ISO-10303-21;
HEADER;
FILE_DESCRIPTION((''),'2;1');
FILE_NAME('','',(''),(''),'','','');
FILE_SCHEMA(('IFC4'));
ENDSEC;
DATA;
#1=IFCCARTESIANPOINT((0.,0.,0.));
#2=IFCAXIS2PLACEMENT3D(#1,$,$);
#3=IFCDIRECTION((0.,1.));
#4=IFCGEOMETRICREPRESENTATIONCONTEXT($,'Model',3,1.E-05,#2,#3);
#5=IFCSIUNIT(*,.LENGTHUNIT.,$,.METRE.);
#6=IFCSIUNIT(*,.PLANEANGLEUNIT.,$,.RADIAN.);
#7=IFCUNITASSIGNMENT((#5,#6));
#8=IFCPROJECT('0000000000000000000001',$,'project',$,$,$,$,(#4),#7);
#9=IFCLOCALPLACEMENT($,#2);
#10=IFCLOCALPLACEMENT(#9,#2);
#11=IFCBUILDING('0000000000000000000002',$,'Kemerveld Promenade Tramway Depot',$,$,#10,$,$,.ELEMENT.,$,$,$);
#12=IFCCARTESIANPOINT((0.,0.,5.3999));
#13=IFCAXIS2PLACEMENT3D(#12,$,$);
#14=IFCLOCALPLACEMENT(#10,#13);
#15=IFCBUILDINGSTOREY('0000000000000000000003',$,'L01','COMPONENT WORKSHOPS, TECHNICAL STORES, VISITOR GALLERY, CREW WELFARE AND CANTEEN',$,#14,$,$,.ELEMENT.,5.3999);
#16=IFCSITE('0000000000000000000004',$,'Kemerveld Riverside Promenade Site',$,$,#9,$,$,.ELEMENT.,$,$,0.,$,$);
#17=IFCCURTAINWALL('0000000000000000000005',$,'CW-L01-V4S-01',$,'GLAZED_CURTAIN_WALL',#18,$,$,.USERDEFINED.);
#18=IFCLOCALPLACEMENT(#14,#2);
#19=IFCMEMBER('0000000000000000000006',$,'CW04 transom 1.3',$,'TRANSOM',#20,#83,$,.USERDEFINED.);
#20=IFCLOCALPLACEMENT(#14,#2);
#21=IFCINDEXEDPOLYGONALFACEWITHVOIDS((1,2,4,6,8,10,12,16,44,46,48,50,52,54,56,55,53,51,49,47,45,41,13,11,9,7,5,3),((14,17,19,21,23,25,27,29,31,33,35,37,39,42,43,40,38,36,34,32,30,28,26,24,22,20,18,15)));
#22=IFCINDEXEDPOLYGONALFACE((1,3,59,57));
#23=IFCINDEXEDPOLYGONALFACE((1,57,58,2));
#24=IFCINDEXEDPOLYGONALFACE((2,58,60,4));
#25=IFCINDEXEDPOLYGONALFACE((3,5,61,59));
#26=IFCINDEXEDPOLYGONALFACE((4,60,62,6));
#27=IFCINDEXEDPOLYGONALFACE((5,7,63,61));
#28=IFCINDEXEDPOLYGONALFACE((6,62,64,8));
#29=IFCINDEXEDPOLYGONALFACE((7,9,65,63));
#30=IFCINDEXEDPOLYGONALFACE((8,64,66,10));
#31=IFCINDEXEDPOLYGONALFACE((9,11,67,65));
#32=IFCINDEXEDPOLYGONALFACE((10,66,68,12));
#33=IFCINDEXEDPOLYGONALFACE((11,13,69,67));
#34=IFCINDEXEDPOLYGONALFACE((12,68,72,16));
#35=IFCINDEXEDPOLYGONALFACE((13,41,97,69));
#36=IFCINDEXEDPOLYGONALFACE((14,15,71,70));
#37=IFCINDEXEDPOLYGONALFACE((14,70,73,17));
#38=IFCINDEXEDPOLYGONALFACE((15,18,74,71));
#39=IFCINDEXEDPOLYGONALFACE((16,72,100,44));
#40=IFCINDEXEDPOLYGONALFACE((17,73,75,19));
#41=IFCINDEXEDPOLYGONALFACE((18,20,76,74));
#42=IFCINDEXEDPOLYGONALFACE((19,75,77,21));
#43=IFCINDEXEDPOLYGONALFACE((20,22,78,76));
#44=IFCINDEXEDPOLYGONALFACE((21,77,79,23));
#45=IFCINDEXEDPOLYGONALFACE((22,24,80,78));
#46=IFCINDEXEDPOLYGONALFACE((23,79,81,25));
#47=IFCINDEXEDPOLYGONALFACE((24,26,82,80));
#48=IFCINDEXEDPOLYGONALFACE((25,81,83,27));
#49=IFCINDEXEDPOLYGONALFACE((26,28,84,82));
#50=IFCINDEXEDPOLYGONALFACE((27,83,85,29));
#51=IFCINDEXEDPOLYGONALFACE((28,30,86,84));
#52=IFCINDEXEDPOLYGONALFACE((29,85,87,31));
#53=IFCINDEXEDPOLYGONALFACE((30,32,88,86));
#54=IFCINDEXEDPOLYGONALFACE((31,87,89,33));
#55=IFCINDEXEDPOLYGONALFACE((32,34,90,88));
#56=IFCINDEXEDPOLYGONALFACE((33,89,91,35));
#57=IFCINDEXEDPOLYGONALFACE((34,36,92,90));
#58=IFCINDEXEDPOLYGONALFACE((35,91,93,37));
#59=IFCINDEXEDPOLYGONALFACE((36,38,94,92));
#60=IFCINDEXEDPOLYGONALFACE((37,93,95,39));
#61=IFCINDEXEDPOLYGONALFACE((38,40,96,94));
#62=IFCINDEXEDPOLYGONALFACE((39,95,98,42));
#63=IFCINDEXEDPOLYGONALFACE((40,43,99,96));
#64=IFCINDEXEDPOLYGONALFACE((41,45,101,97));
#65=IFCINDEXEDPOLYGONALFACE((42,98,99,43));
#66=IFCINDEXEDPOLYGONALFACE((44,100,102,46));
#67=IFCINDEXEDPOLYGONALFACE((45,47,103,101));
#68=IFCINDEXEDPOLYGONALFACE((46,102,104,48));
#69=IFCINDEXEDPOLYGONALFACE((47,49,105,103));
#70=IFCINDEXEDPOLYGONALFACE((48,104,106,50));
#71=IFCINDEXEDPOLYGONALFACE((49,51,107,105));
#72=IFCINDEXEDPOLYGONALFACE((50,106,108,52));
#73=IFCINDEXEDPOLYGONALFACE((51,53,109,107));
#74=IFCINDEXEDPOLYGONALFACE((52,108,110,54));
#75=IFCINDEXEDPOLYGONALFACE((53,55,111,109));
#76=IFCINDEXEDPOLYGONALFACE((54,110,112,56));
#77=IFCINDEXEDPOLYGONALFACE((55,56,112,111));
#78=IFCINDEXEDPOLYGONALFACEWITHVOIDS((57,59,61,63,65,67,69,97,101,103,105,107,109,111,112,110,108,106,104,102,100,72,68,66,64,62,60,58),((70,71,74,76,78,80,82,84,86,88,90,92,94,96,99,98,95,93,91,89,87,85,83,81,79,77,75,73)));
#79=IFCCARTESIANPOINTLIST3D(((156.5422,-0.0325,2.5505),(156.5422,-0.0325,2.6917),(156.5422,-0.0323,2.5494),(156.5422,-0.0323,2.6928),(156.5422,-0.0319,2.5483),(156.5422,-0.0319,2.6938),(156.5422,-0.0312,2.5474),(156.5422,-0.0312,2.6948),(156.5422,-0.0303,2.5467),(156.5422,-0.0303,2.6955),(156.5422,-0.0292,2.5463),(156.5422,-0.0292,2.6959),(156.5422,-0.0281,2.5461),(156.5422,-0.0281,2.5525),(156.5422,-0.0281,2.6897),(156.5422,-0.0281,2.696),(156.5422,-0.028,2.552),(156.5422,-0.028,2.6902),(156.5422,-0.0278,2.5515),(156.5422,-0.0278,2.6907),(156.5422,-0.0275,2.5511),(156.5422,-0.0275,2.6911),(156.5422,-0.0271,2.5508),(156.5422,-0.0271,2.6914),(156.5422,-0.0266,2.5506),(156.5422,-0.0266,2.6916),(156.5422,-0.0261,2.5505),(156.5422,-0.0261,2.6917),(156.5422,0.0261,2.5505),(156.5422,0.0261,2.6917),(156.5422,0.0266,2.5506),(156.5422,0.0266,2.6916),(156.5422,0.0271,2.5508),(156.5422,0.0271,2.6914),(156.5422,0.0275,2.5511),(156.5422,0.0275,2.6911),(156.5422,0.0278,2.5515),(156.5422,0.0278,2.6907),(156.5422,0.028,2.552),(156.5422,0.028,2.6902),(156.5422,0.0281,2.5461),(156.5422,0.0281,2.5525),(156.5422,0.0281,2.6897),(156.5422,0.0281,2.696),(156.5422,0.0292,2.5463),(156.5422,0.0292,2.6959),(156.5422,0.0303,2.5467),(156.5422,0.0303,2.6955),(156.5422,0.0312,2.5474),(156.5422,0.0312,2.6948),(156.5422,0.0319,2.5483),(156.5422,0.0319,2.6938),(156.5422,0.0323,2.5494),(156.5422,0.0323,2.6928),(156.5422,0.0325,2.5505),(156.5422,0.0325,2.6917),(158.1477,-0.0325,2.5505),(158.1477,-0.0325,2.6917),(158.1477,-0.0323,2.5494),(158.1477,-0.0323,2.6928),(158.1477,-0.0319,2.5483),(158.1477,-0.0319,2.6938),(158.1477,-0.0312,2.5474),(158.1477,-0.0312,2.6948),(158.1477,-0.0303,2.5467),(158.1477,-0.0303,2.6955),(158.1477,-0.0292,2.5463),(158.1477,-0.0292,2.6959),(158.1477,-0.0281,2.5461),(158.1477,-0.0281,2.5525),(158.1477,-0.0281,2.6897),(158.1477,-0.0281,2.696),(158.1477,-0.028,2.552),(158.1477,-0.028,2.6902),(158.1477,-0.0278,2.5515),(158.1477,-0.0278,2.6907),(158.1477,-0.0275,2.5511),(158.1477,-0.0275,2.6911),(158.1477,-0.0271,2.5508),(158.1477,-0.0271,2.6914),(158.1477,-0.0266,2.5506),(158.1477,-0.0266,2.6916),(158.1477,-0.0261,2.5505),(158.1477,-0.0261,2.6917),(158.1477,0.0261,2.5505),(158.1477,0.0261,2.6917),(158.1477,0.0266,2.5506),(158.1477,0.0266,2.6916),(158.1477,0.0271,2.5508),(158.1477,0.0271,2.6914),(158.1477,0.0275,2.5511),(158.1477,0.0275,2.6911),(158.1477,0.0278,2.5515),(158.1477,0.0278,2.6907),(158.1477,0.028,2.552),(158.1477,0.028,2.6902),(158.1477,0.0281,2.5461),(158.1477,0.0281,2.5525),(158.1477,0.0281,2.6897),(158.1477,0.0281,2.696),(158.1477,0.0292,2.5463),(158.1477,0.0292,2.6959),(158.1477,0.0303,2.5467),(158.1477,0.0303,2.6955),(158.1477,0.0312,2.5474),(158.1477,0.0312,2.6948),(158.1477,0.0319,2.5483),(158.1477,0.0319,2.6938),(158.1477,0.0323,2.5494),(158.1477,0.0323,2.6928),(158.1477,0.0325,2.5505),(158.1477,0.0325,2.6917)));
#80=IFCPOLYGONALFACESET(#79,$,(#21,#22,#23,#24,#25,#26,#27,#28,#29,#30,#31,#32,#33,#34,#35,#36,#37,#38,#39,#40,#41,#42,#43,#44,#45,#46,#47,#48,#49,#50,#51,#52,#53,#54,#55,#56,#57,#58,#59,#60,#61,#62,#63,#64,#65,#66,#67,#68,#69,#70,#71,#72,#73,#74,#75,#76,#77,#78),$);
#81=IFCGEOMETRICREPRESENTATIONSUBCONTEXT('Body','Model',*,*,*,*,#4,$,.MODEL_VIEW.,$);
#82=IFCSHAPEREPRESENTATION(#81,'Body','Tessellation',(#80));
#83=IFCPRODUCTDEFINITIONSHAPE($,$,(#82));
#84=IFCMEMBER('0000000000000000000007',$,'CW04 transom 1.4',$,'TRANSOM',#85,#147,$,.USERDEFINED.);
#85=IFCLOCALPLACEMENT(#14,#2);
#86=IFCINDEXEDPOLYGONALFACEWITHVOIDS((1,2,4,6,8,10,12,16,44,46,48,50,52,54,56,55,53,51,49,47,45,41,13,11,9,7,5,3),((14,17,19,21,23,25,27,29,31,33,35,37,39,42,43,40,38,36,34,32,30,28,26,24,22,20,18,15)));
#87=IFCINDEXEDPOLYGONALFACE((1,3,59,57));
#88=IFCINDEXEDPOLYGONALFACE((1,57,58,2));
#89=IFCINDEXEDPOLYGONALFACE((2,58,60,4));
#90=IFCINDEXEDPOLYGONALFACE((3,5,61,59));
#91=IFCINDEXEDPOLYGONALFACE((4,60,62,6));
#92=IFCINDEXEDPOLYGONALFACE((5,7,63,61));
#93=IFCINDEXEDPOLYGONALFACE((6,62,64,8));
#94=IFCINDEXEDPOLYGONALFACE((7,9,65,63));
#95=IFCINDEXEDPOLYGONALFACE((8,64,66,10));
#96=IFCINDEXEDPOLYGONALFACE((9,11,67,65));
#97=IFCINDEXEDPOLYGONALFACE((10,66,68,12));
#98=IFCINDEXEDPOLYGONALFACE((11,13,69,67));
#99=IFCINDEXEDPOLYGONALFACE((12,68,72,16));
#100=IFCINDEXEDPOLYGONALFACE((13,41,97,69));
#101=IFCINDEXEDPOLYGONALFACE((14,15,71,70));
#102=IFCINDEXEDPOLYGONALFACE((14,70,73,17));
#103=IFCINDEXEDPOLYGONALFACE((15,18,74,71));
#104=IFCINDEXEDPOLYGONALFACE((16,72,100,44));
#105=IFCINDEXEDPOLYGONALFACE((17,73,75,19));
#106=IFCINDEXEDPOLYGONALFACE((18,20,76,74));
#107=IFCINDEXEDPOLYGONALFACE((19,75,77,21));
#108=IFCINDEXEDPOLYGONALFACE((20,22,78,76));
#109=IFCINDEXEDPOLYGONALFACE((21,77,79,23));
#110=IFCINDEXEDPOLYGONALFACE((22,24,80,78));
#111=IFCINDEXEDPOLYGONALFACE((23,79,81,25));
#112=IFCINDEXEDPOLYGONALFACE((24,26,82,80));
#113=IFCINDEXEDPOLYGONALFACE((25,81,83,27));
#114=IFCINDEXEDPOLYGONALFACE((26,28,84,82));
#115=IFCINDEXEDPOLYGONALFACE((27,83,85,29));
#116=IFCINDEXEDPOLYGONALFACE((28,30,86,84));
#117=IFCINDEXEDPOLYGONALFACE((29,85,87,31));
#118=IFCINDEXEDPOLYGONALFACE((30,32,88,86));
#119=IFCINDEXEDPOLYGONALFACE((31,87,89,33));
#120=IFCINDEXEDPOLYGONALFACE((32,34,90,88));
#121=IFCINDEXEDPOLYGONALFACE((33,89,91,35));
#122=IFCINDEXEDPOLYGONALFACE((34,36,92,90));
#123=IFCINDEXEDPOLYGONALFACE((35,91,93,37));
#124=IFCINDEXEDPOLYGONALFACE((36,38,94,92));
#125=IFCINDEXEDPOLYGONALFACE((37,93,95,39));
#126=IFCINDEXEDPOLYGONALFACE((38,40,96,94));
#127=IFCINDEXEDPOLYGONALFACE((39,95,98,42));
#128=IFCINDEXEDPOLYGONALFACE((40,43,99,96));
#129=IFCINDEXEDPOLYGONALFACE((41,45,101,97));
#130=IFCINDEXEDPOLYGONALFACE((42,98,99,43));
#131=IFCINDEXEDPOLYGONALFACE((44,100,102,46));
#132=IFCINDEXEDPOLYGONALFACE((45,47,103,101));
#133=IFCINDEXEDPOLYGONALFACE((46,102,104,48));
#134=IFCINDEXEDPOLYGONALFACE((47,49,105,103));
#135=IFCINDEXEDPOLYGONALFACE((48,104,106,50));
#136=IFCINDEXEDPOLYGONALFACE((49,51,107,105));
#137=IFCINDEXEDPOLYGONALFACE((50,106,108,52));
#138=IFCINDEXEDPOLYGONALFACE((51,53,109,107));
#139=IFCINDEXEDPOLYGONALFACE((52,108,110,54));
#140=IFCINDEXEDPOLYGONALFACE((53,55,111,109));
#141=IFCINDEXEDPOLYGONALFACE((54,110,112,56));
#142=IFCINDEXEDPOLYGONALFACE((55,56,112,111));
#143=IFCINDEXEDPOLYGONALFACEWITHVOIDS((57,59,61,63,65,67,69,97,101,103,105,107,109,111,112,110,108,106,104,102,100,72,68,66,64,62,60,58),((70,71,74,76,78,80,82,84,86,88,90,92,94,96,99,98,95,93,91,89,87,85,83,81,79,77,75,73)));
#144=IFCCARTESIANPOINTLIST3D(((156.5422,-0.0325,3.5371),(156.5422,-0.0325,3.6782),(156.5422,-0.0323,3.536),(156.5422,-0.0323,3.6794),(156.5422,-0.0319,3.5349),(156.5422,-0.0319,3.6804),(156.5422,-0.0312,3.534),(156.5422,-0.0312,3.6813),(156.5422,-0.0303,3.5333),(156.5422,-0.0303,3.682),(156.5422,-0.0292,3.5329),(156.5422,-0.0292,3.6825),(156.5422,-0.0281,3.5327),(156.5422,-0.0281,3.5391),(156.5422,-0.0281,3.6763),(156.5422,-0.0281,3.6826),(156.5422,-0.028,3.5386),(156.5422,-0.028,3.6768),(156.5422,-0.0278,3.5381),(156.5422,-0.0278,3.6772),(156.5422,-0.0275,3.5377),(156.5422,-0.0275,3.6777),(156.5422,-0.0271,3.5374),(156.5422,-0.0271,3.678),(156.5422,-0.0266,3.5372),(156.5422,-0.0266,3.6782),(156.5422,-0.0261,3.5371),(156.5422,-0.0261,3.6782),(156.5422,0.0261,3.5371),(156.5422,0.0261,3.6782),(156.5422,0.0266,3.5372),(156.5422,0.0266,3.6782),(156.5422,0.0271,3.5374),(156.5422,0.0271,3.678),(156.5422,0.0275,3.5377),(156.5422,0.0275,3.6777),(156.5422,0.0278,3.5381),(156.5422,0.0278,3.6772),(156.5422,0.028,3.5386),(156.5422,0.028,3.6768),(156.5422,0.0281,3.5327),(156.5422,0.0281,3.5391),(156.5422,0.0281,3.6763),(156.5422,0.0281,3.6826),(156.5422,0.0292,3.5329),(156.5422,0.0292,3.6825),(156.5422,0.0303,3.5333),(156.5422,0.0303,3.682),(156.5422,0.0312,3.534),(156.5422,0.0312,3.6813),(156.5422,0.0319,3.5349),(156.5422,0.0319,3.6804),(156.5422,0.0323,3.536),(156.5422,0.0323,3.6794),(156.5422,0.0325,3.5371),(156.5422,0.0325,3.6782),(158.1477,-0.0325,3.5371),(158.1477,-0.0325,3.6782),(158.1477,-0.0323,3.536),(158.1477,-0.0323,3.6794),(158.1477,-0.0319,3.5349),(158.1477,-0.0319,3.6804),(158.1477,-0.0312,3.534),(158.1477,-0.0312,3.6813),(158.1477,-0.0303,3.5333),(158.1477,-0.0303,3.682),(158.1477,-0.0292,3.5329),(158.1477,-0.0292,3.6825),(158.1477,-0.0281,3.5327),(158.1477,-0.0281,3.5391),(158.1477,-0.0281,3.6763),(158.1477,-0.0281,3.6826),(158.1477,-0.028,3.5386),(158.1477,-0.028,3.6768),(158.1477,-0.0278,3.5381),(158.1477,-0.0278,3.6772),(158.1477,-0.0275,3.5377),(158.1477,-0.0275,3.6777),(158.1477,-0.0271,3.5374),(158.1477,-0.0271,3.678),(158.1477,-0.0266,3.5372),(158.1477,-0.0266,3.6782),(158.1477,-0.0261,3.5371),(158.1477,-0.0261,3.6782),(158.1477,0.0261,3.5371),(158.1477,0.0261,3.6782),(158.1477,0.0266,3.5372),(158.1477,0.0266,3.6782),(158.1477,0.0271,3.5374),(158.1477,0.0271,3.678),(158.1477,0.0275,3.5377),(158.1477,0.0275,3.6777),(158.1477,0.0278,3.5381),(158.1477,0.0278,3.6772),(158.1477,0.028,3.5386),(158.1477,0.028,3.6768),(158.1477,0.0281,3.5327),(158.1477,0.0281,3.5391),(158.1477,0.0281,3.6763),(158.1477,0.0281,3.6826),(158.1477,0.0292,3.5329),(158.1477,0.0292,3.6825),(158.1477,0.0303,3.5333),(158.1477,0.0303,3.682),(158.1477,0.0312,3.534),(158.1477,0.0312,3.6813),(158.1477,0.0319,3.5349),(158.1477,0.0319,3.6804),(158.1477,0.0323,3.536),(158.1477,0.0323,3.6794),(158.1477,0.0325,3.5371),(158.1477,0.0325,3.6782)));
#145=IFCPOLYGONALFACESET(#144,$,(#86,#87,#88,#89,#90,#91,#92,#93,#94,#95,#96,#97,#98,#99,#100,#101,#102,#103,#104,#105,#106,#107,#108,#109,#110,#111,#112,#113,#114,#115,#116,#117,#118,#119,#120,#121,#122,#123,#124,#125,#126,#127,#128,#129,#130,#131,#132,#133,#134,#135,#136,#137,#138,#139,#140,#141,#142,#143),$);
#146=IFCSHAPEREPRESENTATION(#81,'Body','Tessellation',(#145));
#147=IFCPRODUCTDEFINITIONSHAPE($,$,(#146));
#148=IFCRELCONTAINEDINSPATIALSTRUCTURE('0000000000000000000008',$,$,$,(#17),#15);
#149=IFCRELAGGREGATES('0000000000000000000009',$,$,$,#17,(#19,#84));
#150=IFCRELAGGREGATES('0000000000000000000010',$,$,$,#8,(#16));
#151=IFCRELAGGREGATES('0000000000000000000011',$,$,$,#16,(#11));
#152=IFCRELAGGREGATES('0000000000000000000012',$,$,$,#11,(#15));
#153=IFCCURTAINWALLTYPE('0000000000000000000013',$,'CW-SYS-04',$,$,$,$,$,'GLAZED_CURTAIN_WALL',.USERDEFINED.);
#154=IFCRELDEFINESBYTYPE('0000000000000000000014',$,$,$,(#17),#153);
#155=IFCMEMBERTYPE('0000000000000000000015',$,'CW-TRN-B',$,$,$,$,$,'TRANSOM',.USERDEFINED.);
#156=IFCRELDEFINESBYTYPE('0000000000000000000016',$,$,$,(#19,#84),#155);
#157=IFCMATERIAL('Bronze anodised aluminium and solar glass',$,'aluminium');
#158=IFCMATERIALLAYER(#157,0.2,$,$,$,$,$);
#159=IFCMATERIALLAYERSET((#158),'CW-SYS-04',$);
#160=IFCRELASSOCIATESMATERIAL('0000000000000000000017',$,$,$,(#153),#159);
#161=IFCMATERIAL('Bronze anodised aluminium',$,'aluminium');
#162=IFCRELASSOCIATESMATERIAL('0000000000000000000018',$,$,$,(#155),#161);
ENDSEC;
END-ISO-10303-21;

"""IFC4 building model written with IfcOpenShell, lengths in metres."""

from ifc_helpers import new_model, si_unit, direction, frame, origin, origin_2d, place, context, subcontext, project, spatial, hollow_rectangle, extrude, material, layer, layer_set, material_profile, profile_set, type_object, element, aggregate, save


model = new_model("IFC4")

# Units and contexts
model_context = context("Model", 3, precision=1e-05, world=origin(), true_north=direction((0.0, 1.0)))
body_context = subcontext(model_context, "Body", "Model", "MODEL_VIEW")
ifc_project = project(units=[si_unit("LENGTHUNIT", "METRE"), si_unit("PLANEANGLEUNIT", "RADIAN")], contexts=[model_context])

# Site, building, storey
site_placement = place(None, origin())
site = spatial("IfcSite", under=ifc_project, at=site_placement, Name="Kemerveld Riverside Promenade Site", CompositionType="ELEMENT", RefElevation=0.0)
building_placement = place(site_placement, origin())
building = spatial("IfcBuilding", under=site, at=building_placement, Name="Kemerveld Promenade Tramway Depot", CompositionType="ELEMENT")
storey_placement = place(building_placement, frame((0.0, 0.0, 5.3999)))
storey = spatial("IfcBuildingStorey", under=building, at=storey_placement, Name="L01", Description="COMPONENT WORKSHOPS, TECHNICAL STORES, VISITOR GALLERY, CREW WELFARE AND CANTEEN", CompositionType="ELEMENT", Elevation=5.3999)

# Curtain wall, members
ifc_material_1 = material(Name="Bronze anodised aluminium and solar glass", Category="aluminium")
ifc_layer_1 = layer(ifc_material_1, 0.2)
ifc_layer_set_1 = layer_set([ifc_layer_1], Name="CW-SYS-04")
curtain_wall_type = type_object("IfcCurtainWallType", Name="CW-SYS-04", ElementType="GLAZED_CURTAIN_WALL", PredefinedType="USERDEFINED", material=ifc_layer_set_1)
curtain_wall_placement = place(storey_placement, origin())
curtain_wall = element("IfcCurtainWall", 1, at=curtain_wall_placement, inside=storey, type_object=curtain_wall_type, Name="CW-L01-V4S-01", ObjectType="GLAZED_CURTAIN_WALL", PredefinedType="USERDEFINED")
ifc_material_2 = material(Name="Bronze anodised aluminium", Category="aluminium")
ifc_material_profile_1 = material_profile(ifc_material_2, hollow_rectangle(XDim=0.0649, YDim=0.1499, WallThickness=0.0044, InnerFilletRadius=0.002, OuterFilletRadius=0.0044, at=origin_2d()), Name="CW-TRN-150x65")
ifc_profile_set_1 = profile_set([ifc_material_profile_1], Name="Bronze anodised aluminium")
member_type_1 = type_object("IfcMemberType", Name="CW-TRN-B", ElementType="TRANSOM", PredefinedType="USERDEFINED", material=ifc_profile_set_1)
member_1_placement = place(storey_placement, frame((158.1477, 0.0, 2.6211), z_axis=(-1.0, 0.0, 0.0), x_axis=(0.0, -1.0, 0.0)))
member_1 = element("IfcMember", 2, at=member_1_placement, type_object=member_type_1, Name="CW04 transom 1.3", ObjectType="TRANSOM", PredefinedType="USERDEFINED", context=body_context, shape_type="SweptSolid", body=[
    extrude(hollow_rectangle(XDim=0.0649, YDim=0.1499, WallThickness=0.0044, InnerFilletRadius=0.002, OuterFilletRadius=0.0044, at=origin_2d()), origin(), (0.0, 0.0, 1.0), 1.6055),
])
member_2_placement = place(storey_placement, frame((158.1477, 0.0, 3.6077), z_axis=(-1.0, 0.0, 0.0), x_axis=(0.0, -1.0, 0.0)))
member_2 = element("IfcMember", 3, at=member_2_placement, type_object=member_type_1, Name="CW04 transom 1.4", ObjectType="TRANSOM", PredefinedType="USERDEFINED", context=body_context, shape_type="SweptSolid", body=[
    extrude(hollow_rectangle(XDim=0.0649, YDim=0.1499, WallThickness=0.0044, InnerFilletRadius=0.002, OuterFilletRadius=0.0044, at=origin_2d()), origin(), (0.0, 0.0, 1.0), 1.6055),
])
aggregate(curtain_wall, [member_1, member_2])

save(model, "model.ifc")
